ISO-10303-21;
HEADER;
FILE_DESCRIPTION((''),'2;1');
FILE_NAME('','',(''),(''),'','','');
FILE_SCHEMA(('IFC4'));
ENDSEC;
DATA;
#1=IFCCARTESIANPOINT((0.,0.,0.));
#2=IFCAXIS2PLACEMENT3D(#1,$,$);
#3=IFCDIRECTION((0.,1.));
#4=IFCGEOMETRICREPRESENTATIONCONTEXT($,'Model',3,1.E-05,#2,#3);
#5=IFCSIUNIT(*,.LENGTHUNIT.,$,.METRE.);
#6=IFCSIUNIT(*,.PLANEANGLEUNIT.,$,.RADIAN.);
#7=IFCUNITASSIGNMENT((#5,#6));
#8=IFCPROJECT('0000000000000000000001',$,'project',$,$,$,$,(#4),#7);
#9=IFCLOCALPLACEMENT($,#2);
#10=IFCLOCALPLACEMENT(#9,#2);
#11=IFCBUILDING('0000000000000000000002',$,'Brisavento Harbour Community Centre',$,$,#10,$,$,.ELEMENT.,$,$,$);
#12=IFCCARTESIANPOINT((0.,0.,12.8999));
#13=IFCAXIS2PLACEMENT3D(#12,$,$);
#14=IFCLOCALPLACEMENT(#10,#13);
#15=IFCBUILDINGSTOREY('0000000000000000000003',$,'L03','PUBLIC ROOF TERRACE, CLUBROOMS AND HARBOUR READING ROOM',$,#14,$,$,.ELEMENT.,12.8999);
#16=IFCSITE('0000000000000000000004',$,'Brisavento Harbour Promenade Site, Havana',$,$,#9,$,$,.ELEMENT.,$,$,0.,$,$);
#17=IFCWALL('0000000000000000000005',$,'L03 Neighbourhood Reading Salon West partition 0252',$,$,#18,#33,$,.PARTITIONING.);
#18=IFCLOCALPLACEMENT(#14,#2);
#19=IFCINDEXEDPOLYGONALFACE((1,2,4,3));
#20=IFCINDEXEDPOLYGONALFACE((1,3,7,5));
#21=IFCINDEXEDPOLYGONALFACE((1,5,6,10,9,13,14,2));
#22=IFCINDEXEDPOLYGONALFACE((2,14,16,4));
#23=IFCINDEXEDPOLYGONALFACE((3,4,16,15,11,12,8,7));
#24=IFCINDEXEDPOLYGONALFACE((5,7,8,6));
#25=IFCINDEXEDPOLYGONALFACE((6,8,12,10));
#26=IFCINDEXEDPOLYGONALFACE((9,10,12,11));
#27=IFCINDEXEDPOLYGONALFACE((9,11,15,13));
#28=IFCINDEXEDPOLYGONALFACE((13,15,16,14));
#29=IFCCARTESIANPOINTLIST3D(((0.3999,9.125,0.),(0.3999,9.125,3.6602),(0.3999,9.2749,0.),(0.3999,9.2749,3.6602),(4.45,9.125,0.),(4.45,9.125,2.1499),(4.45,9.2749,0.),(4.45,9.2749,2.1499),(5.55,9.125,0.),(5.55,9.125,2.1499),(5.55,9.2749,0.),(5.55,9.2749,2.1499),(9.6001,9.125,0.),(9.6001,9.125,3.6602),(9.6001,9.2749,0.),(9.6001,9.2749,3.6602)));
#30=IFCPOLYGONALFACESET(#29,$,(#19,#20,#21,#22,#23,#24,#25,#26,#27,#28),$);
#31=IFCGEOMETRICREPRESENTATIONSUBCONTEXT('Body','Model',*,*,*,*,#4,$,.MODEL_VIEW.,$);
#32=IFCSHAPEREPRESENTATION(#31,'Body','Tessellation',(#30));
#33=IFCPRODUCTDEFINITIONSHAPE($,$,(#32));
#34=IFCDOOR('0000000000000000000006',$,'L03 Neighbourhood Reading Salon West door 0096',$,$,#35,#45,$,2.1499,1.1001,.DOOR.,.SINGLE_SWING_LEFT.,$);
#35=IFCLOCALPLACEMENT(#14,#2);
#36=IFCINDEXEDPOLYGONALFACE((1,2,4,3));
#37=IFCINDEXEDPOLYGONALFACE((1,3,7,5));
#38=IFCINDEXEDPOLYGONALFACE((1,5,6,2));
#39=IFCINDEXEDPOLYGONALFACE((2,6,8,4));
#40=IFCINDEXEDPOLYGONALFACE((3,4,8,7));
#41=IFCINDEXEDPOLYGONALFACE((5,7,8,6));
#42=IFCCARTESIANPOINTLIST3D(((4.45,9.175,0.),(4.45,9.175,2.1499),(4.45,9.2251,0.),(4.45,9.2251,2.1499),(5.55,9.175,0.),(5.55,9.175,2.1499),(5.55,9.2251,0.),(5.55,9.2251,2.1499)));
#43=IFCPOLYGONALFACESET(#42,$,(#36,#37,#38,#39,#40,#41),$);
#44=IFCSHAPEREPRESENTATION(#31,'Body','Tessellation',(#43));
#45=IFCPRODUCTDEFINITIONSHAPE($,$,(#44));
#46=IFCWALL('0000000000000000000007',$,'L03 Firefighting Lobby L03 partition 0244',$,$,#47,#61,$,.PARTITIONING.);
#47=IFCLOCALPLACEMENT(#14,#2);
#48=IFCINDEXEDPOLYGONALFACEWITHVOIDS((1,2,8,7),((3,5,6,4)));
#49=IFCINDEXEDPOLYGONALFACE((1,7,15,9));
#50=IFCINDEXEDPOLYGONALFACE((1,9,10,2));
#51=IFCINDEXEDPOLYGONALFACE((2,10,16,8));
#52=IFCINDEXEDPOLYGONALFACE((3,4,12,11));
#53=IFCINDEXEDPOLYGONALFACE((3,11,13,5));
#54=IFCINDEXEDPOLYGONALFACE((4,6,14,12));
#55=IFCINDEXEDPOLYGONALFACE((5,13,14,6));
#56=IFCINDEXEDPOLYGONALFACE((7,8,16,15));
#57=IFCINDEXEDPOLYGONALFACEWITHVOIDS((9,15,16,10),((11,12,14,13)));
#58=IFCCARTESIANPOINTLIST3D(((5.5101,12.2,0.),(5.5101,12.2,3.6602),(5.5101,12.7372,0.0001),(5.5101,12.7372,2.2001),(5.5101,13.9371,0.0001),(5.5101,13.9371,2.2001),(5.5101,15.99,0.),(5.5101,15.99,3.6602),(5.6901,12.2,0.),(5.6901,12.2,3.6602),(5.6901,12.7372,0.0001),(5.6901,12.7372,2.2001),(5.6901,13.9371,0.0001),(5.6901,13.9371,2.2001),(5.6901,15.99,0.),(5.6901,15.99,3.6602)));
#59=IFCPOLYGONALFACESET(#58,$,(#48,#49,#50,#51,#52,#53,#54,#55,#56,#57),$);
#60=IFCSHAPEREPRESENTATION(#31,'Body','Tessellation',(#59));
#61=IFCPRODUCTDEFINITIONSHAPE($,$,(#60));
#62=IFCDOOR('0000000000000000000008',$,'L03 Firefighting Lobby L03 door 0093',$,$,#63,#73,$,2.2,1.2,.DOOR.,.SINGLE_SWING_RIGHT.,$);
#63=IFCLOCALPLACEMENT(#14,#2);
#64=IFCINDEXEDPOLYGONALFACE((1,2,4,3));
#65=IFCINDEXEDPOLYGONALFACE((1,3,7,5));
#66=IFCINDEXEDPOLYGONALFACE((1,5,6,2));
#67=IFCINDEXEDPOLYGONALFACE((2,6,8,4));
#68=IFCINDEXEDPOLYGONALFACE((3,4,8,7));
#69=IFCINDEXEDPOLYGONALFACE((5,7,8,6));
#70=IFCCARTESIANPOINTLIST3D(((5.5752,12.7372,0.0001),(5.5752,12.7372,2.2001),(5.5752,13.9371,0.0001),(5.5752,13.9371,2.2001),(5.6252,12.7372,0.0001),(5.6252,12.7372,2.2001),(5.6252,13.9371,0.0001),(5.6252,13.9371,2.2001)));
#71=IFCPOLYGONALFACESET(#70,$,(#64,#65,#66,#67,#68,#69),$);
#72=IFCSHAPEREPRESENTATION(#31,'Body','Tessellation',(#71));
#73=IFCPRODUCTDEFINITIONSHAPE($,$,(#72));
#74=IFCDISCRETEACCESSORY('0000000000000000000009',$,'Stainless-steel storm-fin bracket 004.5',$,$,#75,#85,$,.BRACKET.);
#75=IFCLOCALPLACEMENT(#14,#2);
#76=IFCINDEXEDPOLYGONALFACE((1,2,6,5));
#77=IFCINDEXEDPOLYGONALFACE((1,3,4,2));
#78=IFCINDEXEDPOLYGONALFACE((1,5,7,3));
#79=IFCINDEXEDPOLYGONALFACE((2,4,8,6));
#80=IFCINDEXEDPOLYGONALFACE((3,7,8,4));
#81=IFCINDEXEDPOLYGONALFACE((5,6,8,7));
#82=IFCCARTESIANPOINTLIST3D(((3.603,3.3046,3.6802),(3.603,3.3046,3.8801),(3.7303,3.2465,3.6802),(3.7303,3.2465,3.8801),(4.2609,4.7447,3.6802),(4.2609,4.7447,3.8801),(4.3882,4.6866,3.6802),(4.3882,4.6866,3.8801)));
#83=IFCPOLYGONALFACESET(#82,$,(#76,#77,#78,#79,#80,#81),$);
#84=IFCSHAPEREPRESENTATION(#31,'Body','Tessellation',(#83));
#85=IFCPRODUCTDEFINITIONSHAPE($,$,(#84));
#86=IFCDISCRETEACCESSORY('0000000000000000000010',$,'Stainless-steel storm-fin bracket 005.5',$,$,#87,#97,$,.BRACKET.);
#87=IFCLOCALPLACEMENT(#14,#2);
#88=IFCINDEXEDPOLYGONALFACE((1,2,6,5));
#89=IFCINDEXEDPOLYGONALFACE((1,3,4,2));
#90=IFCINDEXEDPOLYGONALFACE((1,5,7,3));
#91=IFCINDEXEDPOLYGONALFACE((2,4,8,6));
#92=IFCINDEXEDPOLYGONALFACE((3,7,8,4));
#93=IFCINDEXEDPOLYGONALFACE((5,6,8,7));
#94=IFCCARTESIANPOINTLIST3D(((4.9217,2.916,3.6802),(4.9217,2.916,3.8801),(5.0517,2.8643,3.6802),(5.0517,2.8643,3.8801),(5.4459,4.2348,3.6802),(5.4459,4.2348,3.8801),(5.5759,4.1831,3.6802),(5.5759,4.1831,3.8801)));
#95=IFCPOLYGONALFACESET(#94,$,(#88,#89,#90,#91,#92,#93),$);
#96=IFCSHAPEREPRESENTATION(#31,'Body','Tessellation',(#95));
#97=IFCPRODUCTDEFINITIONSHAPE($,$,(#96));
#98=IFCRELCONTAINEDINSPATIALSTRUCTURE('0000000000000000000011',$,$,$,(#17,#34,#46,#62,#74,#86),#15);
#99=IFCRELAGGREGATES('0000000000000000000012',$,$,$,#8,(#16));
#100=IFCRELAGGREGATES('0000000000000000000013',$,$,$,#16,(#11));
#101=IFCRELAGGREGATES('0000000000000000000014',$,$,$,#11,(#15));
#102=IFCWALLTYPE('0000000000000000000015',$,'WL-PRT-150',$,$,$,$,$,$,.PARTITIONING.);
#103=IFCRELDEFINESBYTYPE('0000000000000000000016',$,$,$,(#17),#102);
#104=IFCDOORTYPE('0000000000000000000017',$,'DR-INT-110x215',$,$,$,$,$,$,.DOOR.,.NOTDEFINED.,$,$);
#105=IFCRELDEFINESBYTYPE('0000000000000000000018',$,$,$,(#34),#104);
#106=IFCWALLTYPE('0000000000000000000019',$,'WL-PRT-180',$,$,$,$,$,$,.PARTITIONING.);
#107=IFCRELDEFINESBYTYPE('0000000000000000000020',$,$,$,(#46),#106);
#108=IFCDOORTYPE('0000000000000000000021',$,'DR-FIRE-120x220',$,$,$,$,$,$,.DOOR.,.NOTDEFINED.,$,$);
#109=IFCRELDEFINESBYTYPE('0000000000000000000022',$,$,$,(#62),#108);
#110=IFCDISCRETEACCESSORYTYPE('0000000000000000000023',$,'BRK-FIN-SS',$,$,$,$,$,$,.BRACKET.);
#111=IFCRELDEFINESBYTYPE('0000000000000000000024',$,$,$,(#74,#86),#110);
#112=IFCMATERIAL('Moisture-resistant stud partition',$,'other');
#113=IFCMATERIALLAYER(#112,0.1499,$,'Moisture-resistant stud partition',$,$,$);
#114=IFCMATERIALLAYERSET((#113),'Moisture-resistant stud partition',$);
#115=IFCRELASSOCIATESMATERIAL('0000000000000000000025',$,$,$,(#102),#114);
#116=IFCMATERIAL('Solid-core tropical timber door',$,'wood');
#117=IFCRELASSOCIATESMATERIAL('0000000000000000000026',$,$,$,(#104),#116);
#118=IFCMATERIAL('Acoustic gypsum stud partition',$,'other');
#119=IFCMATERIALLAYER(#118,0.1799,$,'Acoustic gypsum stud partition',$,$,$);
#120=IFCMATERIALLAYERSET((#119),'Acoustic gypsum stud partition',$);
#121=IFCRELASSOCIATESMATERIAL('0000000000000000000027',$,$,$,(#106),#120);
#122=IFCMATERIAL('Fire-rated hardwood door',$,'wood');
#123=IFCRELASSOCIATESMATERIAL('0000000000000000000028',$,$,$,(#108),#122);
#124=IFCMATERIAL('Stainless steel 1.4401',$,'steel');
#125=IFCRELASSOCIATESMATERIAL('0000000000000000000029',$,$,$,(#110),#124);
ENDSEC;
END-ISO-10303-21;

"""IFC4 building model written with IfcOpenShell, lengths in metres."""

from ifc_helpers import new_model, si_unit, direction, frame, frame_2d, origin, origin_2d, place, context, subcontext, project, spatial, rectangle, extrude, material, layer, layer_set, type_object, element, fill, save


model = new_model("IFC4")

# Units and contexts
model_context = context("Model", 3, precision=1e-05, world=origin(), true_north=direction((0.0, 1.0)))
body_context = subcontext(model_context, "Body", "Model", "MODEL_VIEW")
ifc_project = project(units=[si_unit("LENGTHUNIT", "METRE"), si_unit("PLANEANGLEUNIT", "RADIAN")], contexts=[model_context])

# Site, building, storey
site_placement = place(None, origin())
site = spatial("IfcSite", under=ifc_project, at=site_placement, Name="Brisavento Harbour Promenade Site, Havana", CompositionType="ELEMENT", RefElevation=0.0)
building_placement = place(site_placement, origin())
building = spatial("IfcBuilding", under=site, at=building_placement, Name="Brisavento Harbour Community Centre", CompositionType="ELEMENT")
storey_placement = place(building_placement, frame((0.0, 0.0, 12.8999)))
storey = spatial("IfcBuildingStorey", under=building, at=storey_placement, Name="L03", Description="PUBLIC ROOF TERRACE, CLUBROOMS AND HARBOUR READING ROOM", CompositionType="ELEMENT", Elevation=12.8999)

# Shared definitions
ifc_material_1 = material(Name="Solid-core tropical timber door", Category="wood")

# Shared definitions
ifc_material_2 = material(Name="Moisture-resistant stud partition", Category="other")
ifc_layer_1 = layer(ifc_material_2, 0.1499, Name="Moisture-resistant stud partition")
ifc_layer_set_1 = layer_set([ifc_layer_1], Name="Moisture-resistant stud partition")
wall_type_1 = type_object("IfcWallType", Name="WL-PRT-150", PredefinedType="PARTITIONING", material=ifc_layer_set_1)

# Walls, openings, doors
wall_1_placement = place(storey_placement, frame((9.6001, 9.2, 0.0), z_axis=(0.0, 0.0, 1.0), x_axis=(-1.0, 0.0, 0.0)))
wall_1 = element("IfcWall", 1, at=wall_1_placement, inside=storey, type_object=wall_type_1, Name="L03 Neighbourhood Reading Salon West partition 0252", PredefinedType="PARTITIONING", context=body_context, shape_type="SweptSolid", body=[
    extrude(rectangle(XDim=9.2002, YDim=0.1499, at=frame_2d((4.6001, 0.0))), origin(), (0.0, 0.0, 1.0), 3.6602),
])
opening_1_placement = place(wall_1_placement, frame((4.05, 0.0, 0.0)))
opening_1 = element("IfcOpeningElement", 2, at=opening_1_placement, cuts=wall_1, PredefinedType="OPENING", context=body_context, shape_type="SweptSolid", body=[
    extrude(rectangle(XDim=1.1001, YDim=2.1499, at=frame_2d((0.55, 1.075))), frame((0.0, 0.085, 0.0), z_axis=(0.0, -1.0, 0.0), x_axis=(1.0, 0.0, 0.0)), (0.0, 0.0, 1.0), 0.1699),
])
door_type_1 = type_object("IfcDoorType", Name="DR-INT-110x215", OperationType="NOTDEFINED", PredefinedType="DOOR", material=ifc_material_1)
door_1_placement = place(opening_1_placement, origin())
door_1 = element("IfcDoor", 3, at=door_1_placement, inside=storey, type_object=door_type_1, Name="L03 Neighbourhood Reading Salon West door 0096", OperationType="SINGLE_SWING_LEFT", OverallHeight=2.1499, OverallWidth=1.1001, PredefinedType="DOOR", context=body_context, shape_type="SweptSolid", body=[
    extrude(rectangle(XDim=1.1001, YDim=2.1499, at=frame_2d((0.55, 1.075))), frame((0.0, 0.0249, 0.0), z_axis=(0.0, -1.0, 0.0), x_axis=(1.0, 0.0, 0.0)), (0.0, 0.0, 1.0), 0.05),
])
fill(opening_1, door_1)
ifc_material_3 = material(Name="Acoustic gypsum stud partition", Category="other")
ifc_layer_2 = layer(ifc_material_3, 0.1799, Name="Acoustic gypsum stud partition")
ifc_layer_set_2 = layer_set([ifc_layer_2], Name="Acoustic gypsum stud partition")
wall_type_2 = type_object("IfcWallType", Name="WL-PRT-180", PredefinedType="PARTITIONING", material=ifc_layer_set_2)
wall_2_placement = place(storey_placement, frame((5.6001, 12.2, 0.0), z_axis=(0.0, 0.0, 1.0), x_axis=(0.0, 1.0, 0.0)))
wall_2 = element("IfcWall", 4, at=wall_2_placement, inside=storey, type_object=wall_type_2, Name="L03 Firefighting Lobby L03 partition 0244", PredefinedType="PARTITIONING", context=body_context, shape_type="SweptSolid", body=[
    extrude(rectangle(XDim=3.79, YDim=0.1799, at=frame_2d((1.895, 0.0))), origin(), (0.0, 0.0, 1.0), 3.6602),
])
opening_2_placement = place(wall_2_placement, frame((0.5371, 0.0, 0.0)))
opening_2 = element("IfcOpeningElement", 5, at=opening_2_placement, cuts=wall_2, PredefinedType="OPENING", context=body_context, shape_type="SweptSolid", body=[
    extrude(rectangle(XDim=1.2, YDim=2.2, at=frame_2d((0.6001, 1.1001))), frame((0.0, 0.1001, 0.0), z_axis=(0.0, -1.0, 0.0), x_axis=(1.0, 0.0, 0.0)), (0.0, 0.0, 1.0), 0.2),
])
ifc_material_4 = material(Name="Fire-rated hardwood door", Category="wood")
door_type_2 = type_object("IfcDoorType", Name="DR-FIRE-120x220", OperationType="NOTDEFINED", PredefinedType="DOOR", material=ifc_material_4)
door_2_placement = place(opening_2_placement, origin())
door_2 = element("IfcDoor", 6, at=door_2_placement, inside=storey, type_object=door_type_2, Name="L03 Firefighting Lobby L03 door 0093", OperationType="SINGLE_SWING_RIGHT", OverallHeight=2.2, OverallWidth=1.2, PredefinedType="DOOR", context=body_context, shape_type="SweptSolid", body=[
    extrude(rectangle(XDim=1.2, YDim=2.2, at=frame_2d((0.6001, 1.1001))), frame((0.0, 0.0249, 0.0), z_axis=(0.0, -1.0, 0.0), x_axis=(1.0, 0.0, 0.0)), (0.0, 0.0, 1.0), 0.05),
])
fill(opening_2, door_2)

# Shared definitions
ifc_material_5 = material(Name="Stainless steel 1.4401", Category="steel")

# Discrete accessories
discrete_accessory_type = type_object("IfcDiscreteAccessoryType", Name="BRK-FIN-SS", PredefinedType="BRACKET", material=ifc_material_5)
discrete_accessory_1_placement = place(storey_placement, frame((3.9956, 3.9956, 3.6802), z_axis=(0.0, 0.0, 1.0), x_axis=(-0.415519, -0.909585, 0.0)))
element("IfcDiscreteAccessory", 7, at=discrete_accessory_1_placement, inside=storey, type_object=discrete_accessory_type, Name="Stainless-steel storm-fin bracket 004.5", PredefinedType="BRACKET", context=body_context, shape_type="SweptSolid", body=[
    extrude(rectangle(XDim=1.5833, YDim=0.1399, at=origin_2d()), origin(), (0.0, 0.0, 1.0), 0.2),
])
discrete_accessory_2_placement = place(storey_placement, frame((5.2488, 3.5496, 3.6802), z_axis=(0.0, 0.0, 1.0), x_axis=(-0.369341, -0.929294, 0.0)))
element("IfcDiscreteAccessory", 8, at=discrete_accessory_2_placement, inside=storey, type_object=discrete_accessory_type, Name="Stainless-steel storm-fin bracket 005.5", PredefinedType="BRACKET", context=body_context, shape_type="SweptSolid", body=[
    extrude(rectangle(XDim=1.4192, YDim=0.1399, at=origin_2d()), origin(), (0.0, 0.0, 1.0), 0.2),
])

save(model, "model.ifc")
